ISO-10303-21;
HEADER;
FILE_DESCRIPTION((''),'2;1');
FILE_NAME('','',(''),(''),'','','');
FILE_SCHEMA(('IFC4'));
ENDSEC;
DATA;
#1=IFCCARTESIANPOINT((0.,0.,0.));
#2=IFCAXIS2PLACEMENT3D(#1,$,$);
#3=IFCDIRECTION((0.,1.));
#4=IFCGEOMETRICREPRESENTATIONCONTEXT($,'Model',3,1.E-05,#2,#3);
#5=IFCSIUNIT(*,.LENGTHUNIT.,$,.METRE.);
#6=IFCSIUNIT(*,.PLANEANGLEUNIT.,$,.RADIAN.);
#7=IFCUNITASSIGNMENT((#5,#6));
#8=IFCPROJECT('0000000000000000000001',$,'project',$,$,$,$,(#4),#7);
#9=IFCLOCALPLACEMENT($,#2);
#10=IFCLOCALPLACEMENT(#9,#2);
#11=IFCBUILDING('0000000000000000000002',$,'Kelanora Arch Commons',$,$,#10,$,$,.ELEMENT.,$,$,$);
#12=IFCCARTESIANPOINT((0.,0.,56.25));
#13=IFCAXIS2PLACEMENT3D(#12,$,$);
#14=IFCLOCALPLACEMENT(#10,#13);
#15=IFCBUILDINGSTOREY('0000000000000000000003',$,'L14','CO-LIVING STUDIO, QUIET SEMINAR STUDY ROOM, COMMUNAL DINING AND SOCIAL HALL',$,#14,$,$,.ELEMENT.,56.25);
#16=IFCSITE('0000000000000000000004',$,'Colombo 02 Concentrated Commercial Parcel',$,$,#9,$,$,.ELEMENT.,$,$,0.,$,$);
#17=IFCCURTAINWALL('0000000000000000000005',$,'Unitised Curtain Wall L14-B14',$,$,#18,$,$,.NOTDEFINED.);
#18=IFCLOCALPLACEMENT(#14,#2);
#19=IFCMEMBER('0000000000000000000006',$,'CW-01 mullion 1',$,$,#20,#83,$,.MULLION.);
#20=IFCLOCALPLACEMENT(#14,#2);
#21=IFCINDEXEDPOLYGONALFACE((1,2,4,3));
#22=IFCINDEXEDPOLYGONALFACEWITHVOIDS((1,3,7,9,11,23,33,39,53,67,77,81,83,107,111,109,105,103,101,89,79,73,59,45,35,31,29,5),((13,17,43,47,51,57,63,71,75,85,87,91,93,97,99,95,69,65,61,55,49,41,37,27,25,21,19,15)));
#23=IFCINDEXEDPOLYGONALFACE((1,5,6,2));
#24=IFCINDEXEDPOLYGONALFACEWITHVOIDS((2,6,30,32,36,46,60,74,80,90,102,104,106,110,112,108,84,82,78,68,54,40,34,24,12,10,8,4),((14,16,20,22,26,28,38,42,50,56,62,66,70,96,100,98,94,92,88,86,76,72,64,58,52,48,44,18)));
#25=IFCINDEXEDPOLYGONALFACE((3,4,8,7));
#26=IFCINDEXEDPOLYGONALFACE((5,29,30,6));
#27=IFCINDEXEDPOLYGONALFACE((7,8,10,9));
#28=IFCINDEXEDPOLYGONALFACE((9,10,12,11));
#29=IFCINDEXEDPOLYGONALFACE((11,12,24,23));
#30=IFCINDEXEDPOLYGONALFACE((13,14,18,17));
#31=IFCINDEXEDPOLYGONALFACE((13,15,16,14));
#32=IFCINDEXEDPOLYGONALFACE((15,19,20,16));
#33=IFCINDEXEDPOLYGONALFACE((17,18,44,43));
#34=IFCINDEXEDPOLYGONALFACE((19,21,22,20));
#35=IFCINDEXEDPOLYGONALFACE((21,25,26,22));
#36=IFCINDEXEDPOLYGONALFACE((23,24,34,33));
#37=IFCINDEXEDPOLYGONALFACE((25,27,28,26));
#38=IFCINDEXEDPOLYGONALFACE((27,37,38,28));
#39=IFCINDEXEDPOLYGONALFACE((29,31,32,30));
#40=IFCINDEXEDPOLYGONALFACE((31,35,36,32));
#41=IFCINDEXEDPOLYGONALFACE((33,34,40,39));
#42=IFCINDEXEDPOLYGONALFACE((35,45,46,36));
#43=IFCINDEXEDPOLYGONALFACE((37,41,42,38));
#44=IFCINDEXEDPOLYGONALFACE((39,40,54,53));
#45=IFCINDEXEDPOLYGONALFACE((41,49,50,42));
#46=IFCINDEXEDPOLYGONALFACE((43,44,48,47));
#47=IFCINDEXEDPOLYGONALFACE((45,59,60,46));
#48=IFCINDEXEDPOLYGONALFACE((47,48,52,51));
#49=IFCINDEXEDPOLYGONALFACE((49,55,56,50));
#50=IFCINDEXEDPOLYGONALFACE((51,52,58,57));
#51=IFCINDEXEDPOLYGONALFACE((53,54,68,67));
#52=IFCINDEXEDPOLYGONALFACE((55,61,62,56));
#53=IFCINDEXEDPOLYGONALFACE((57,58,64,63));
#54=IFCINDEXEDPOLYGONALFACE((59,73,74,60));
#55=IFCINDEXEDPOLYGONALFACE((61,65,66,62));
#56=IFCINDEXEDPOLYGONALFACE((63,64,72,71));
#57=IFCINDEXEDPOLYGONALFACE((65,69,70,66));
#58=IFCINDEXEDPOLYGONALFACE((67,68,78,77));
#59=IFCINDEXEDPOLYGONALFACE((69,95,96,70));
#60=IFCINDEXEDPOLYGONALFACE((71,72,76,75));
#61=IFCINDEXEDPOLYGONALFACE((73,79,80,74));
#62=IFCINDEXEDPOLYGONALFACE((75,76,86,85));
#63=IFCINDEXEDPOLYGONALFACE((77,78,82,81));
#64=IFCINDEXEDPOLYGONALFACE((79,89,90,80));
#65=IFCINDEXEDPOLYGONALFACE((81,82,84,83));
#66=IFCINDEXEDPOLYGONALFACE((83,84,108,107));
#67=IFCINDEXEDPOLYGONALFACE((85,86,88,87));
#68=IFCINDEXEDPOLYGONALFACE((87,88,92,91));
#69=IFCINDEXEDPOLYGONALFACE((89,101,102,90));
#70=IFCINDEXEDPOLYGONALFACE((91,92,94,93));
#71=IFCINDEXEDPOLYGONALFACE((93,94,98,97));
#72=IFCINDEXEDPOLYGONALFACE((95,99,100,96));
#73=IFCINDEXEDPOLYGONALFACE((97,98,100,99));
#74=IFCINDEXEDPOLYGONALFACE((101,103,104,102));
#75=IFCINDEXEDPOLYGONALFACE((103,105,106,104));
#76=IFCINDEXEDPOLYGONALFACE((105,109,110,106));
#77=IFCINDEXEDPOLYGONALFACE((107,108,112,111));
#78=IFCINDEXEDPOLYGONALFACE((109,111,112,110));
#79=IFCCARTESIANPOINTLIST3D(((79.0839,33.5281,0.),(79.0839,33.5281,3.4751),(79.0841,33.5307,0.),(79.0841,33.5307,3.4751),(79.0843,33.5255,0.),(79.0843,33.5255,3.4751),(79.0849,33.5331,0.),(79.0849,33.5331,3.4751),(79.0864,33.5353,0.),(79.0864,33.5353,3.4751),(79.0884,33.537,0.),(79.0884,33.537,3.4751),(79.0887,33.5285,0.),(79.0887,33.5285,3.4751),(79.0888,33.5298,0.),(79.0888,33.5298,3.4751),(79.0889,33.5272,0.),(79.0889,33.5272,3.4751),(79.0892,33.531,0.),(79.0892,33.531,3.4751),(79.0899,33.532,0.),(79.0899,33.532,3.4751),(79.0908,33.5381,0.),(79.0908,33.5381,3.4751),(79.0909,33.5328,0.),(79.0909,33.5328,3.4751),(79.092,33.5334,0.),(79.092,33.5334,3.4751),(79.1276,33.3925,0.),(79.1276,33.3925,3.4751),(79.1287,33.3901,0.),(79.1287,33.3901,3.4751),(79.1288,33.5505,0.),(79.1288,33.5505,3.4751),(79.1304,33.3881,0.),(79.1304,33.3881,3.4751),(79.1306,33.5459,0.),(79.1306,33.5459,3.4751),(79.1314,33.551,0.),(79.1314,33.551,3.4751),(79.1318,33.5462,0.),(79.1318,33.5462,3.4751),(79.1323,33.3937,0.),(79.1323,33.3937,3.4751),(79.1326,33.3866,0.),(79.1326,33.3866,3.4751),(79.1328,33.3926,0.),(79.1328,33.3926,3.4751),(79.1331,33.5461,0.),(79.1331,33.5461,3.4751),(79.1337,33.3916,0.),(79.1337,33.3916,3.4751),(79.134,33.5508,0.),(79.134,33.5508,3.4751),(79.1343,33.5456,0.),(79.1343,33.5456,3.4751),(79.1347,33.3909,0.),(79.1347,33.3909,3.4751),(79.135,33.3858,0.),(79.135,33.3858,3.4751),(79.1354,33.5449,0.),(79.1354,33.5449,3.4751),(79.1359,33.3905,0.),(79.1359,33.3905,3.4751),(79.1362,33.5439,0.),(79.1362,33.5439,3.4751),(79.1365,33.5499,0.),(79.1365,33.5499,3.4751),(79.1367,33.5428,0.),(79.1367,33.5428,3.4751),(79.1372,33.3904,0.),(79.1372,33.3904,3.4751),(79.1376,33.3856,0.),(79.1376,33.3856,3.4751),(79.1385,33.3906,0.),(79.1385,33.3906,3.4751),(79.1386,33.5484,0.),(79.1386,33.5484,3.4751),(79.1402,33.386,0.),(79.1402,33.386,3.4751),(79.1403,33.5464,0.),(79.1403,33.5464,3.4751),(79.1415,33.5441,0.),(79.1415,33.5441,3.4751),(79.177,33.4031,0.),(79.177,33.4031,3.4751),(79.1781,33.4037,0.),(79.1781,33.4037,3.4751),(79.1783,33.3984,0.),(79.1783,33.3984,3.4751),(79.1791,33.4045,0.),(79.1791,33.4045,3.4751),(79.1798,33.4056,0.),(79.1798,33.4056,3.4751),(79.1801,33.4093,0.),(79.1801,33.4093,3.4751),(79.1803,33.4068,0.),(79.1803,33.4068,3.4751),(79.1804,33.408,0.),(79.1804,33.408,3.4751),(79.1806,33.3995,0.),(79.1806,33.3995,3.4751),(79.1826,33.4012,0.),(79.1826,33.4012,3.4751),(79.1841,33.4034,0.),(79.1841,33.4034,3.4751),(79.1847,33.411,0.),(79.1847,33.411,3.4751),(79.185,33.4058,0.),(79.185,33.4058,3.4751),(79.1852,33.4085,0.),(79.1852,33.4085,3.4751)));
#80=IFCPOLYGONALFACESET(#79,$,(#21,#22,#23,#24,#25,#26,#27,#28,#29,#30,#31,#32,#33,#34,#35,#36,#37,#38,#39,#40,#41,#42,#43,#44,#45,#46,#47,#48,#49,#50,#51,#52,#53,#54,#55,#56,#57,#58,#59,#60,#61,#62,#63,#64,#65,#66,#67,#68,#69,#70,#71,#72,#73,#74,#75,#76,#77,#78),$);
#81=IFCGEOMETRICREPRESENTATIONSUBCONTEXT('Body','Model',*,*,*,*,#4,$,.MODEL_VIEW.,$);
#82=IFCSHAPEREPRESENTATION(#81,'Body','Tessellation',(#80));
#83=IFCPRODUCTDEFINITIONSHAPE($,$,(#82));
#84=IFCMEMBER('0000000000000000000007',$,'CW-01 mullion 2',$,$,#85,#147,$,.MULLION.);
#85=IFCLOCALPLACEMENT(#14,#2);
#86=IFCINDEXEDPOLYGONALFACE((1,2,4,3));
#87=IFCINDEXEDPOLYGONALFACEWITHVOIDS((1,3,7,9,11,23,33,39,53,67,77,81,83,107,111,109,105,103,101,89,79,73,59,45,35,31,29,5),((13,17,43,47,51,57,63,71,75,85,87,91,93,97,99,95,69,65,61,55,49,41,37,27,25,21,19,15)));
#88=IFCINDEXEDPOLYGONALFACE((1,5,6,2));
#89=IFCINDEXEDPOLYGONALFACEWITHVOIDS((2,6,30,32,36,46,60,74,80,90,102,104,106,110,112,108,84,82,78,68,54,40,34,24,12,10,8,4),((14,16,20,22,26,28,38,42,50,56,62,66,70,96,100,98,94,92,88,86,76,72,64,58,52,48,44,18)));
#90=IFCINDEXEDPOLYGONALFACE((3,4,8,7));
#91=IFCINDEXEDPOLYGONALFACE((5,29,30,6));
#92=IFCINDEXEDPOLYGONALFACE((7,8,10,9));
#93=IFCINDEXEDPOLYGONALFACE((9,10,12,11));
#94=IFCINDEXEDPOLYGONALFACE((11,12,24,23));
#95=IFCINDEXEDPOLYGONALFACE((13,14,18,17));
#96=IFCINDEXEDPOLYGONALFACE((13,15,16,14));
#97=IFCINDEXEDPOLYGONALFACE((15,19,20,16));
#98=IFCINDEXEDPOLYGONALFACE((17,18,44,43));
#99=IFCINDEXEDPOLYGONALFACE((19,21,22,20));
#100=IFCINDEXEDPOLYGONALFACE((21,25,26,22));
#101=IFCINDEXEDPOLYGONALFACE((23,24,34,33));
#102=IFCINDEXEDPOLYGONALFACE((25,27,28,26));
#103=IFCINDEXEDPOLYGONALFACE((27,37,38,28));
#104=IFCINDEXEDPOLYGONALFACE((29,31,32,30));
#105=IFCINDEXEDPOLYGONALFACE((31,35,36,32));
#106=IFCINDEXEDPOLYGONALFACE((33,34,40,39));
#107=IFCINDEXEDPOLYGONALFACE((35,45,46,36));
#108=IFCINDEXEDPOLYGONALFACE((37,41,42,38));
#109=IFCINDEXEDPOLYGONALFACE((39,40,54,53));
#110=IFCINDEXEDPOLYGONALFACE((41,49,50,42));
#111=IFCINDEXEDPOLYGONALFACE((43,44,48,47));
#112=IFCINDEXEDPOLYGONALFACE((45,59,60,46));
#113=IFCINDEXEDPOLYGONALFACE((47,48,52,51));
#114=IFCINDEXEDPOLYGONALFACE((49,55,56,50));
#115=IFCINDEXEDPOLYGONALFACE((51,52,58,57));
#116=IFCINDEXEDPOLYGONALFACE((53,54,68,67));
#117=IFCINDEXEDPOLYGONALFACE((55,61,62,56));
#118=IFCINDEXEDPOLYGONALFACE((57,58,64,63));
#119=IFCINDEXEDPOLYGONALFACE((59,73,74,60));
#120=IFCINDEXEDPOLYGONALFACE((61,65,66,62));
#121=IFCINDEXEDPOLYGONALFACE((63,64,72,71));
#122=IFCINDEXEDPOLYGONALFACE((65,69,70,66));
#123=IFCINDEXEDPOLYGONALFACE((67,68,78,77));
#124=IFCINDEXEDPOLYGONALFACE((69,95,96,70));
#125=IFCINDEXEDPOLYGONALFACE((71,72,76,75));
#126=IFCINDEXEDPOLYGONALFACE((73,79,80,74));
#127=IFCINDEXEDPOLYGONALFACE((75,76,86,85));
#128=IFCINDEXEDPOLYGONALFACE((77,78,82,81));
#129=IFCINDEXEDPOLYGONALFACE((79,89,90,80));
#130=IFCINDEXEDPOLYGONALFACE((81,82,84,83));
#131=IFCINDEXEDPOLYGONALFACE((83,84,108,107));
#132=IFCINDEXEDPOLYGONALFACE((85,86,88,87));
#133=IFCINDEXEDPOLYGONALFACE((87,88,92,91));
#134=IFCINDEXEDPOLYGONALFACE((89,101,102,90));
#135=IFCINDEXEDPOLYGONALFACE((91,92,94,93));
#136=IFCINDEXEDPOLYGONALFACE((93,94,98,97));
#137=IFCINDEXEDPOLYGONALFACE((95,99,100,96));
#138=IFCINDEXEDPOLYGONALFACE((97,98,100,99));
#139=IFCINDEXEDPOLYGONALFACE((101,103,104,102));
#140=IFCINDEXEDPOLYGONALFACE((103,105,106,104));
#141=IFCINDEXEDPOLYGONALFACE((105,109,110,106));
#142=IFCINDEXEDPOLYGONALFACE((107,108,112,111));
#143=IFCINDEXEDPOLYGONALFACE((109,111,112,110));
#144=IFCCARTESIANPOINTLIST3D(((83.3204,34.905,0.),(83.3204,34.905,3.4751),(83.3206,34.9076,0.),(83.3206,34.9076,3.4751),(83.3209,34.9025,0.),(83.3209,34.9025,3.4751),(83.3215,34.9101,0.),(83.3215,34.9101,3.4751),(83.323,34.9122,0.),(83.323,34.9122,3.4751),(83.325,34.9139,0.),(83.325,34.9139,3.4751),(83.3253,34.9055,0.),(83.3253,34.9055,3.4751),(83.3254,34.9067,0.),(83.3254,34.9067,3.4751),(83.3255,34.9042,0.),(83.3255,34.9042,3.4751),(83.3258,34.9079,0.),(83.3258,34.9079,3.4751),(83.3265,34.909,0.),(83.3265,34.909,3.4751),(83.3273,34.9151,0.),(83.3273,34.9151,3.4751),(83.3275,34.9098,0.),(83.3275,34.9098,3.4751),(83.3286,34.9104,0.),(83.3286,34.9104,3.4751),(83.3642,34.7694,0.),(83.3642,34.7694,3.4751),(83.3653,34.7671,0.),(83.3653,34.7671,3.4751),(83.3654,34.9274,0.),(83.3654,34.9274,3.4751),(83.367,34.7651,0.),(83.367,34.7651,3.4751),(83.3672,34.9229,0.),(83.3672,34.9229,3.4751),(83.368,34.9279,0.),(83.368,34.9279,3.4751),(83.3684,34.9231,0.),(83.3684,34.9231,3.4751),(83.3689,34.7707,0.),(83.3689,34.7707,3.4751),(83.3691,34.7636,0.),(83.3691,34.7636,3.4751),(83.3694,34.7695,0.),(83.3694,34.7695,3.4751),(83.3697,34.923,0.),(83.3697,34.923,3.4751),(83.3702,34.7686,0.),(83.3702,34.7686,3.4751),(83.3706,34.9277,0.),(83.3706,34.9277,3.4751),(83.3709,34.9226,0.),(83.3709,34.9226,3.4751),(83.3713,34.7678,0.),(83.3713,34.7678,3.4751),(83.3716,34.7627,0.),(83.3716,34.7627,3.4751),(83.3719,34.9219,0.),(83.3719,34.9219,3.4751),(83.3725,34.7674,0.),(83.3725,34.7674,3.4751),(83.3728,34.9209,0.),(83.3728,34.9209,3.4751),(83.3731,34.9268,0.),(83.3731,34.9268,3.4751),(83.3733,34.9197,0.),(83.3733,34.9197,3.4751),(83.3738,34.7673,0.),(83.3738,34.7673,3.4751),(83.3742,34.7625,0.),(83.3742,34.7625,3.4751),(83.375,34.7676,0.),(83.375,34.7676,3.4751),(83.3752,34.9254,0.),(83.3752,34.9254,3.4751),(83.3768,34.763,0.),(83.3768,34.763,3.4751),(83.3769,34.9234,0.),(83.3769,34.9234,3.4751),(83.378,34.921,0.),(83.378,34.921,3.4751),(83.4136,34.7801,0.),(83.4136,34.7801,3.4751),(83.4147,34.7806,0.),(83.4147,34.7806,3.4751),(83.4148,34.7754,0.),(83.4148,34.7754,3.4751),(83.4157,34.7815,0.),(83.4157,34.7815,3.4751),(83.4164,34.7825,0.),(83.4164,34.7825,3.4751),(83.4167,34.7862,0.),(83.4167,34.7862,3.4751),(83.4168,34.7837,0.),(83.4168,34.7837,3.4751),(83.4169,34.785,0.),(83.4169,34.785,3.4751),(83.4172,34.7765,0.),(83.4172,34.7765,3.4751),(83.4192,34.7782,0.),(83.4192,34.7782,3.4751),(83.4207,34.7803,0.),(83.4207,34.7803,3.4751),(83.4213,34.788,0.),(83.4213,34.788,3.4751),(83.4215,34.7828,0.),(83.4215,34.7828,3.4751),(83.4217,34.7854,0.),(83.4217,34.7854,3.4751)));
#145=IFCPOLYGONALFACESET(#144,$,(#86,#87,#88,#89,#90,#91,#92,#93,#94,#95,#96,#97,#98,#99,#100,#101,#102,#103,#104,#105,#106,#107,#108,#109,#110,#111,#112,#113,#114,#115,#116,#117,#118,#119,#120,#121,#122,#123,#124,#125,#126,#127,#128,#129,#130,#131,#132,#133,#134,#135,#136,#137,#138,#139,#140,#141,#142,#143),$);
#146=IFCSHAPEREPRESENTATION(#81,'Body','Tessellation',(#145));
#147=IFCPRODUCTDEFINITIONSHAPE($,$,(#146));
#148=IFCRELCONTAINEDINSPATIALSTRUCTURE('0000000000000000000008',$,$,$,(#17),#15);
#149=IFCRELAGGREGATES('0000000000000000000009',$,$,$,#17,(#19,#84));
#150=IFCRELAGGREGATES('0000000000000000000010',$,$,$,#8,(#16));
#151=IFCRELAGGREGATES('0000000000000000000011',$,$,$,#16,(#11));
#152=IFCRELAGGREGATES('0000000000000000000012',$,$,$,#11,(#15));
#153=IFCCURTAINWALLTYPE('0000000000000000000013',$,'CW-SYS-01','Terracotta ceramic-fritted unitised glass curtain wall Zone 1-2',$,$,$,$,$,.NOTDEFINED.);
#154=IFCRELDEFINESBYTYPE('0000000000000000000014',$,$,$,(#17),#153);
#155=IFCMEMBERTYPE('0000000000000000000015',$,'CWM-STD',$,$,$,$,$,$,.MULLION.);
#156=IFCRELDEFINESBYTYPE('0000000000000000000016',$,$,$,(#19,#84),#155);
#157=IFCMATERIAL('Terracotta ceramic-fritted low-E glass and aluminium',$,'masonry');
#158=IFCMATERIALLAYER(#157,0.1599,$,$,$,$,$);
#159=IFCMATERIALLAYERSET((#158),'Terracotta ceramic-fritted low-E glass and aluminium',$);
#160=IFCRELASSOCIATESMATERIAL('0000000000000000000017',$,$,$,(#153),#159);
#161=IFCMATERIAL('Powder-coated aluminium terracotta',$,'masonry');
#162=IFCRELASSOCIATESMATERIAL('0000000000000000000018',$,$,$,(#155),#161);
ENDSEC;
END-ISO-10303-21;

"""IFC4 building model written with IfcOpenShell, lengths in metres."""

from ifc_helpers import new_model, si_unit, direction, frame, origin, origin_2d, place, context, subcontext, project, spatial, hollow_rectangle, extrude, material, layer, layer_set, material_profile, profile_set, type_object, element, aggregate, save


model = new_model("IFC4")

# Units and contexts
model_context = context("Model", 3, precision=1e-05, world=origin(), true_north=direction((0.0, 1.0)))
body_context = subcontext(model_context, "Body", "Model", "MODEL_VIEW")
ifc_project = project(units=[si_unit("LENGTHUNIT", "METRE"), si_unit("PLANEANGLEUNIT", "RADIAN")], contexts=[model_context])

# Site, building, storey
site_placement = place(None, origin())
site = spatial("IfcSite", under=ifc_project, at=site_placement, Name="Colombo 02 Concentrated Commercial Parcel", CompositionType="ELEMENT", RefElevation=0.0)
building_placement = place(site_placement, origin())
building = spatial("IfcBuilding", under=site, at=building_placement, Name="Kelanora Arch Commons", CompositionType="ELEMENT")
storey_placement = place(building_placement, frame((0.0, 0.0, 56.25)))
storey = spatial("IfcBuildingStorey", under=building, at=storey_placement, Name="L14", Description="CO-LIVING STUDIO, QUIET SEMINAR STUDY ROOM, COMMUNAL DINING AND SOCIAL HALL", CompositionType="ELEMENT", Elevation=56.25)

# Curtain wall, members
ifc_material_1 = material(Name="Terracotta ceramic-fritted low-E glass and aluminium", Category="masonry")
ifc_layer_1 = layer(ifc_material_1, 0.1599)
ifc_layer_set_1 = layer_set([ifc_layer_1], Name="Terracotta ceramic-fritted low-E glass and aluminium")
curtain_wall_type = type_object("IfcCurtainWallType", Name="CW-SYS-01", Description="Terracotta ceramic-fritted unitised glass curtain wall Zone 1-2", PredefinedType="NOTDEFINED", material=ifc_layer_set_1)
curtain_wall_placement = place(storey_placement, origin())
curtain_wall = element("IfcCurtainWall", 1, at=curtain_wall_placement, inside=storey, type_object=curtain_wall_type, Name="Unitised Curtain Wall L14-B14", PredefinedType="NOTDEFINED")
ifc_material_2 = material(Name="Powder-coated aluminium terracotta", Category="masonry")
ifc_material_profile_1 = material_profile(ifc_material_2, hollow_rectangle(XDim=0.1599, YDim=0.0601, WallThickness=0.0049, InnerFilletRadius=0.0049, OuterFilletRadius=0.01, at=origin_2d()), Name="CWM160x60")
ifc_profile_set_1 = profile_set([ifc_material_profile_1], Name="Powder-coated aluminium terracotta")
member_type_1 = type_object("IfcMemberType", Name="CWM-STD", PredefinedType="MULLION", material=ifc_profile_set_1)
member_1_placement = place(storey_placement, frame((79.1345, 33.4683, 0.0), z_axis=(0.0, 0.0, 1.0), x_axis=(-0.309058, 0.951043, 0.0)))
member_1 = element("IfcMember", 2, at=member_1_placement, type_object=member_type_1, Name="CW-01 mullion 1", PredefinedType="MULLION", context=body_context, shape_type="SweptSolid", body=[
    extrude(hollow_rectangle(XDim=0.1599, YDim=0.0601, WallThickness=0.0049, InnerFilletRadius=0.0049, OuterFilletRadius=0.01, at=origin_2d()), origin(), (0.0, 0.0, 1.0), 3.4751),
])
member_2_placement = place(storey_placement, frame((83.3711, 34.8452, 0.0), z_axis=(0.0, 0.0, 1.0), x_axis=(-0.309058, 0.951043, 0.0)))
member_2 = element("IfcMember", 3, at=member_2_placement, type_object=member_type_1, Name="CW-01 mullion 2", PredefinedType="MULLION", context=body_context, shape_type="SweptSolid", body=[
    extrude(hollow_rectangle(XDim=0.1599, YDim=0.0601, WallThickness=0.0049, InnerFilletRadius=0.0049, OuterFilletRadius=0.01, at=origin_2d()), origin(), (0.0, 0.0, 1.0), 3.4751),
])
aggregate(curtain_wall, [member_1, member_2])

save(model, "model.ifc")
